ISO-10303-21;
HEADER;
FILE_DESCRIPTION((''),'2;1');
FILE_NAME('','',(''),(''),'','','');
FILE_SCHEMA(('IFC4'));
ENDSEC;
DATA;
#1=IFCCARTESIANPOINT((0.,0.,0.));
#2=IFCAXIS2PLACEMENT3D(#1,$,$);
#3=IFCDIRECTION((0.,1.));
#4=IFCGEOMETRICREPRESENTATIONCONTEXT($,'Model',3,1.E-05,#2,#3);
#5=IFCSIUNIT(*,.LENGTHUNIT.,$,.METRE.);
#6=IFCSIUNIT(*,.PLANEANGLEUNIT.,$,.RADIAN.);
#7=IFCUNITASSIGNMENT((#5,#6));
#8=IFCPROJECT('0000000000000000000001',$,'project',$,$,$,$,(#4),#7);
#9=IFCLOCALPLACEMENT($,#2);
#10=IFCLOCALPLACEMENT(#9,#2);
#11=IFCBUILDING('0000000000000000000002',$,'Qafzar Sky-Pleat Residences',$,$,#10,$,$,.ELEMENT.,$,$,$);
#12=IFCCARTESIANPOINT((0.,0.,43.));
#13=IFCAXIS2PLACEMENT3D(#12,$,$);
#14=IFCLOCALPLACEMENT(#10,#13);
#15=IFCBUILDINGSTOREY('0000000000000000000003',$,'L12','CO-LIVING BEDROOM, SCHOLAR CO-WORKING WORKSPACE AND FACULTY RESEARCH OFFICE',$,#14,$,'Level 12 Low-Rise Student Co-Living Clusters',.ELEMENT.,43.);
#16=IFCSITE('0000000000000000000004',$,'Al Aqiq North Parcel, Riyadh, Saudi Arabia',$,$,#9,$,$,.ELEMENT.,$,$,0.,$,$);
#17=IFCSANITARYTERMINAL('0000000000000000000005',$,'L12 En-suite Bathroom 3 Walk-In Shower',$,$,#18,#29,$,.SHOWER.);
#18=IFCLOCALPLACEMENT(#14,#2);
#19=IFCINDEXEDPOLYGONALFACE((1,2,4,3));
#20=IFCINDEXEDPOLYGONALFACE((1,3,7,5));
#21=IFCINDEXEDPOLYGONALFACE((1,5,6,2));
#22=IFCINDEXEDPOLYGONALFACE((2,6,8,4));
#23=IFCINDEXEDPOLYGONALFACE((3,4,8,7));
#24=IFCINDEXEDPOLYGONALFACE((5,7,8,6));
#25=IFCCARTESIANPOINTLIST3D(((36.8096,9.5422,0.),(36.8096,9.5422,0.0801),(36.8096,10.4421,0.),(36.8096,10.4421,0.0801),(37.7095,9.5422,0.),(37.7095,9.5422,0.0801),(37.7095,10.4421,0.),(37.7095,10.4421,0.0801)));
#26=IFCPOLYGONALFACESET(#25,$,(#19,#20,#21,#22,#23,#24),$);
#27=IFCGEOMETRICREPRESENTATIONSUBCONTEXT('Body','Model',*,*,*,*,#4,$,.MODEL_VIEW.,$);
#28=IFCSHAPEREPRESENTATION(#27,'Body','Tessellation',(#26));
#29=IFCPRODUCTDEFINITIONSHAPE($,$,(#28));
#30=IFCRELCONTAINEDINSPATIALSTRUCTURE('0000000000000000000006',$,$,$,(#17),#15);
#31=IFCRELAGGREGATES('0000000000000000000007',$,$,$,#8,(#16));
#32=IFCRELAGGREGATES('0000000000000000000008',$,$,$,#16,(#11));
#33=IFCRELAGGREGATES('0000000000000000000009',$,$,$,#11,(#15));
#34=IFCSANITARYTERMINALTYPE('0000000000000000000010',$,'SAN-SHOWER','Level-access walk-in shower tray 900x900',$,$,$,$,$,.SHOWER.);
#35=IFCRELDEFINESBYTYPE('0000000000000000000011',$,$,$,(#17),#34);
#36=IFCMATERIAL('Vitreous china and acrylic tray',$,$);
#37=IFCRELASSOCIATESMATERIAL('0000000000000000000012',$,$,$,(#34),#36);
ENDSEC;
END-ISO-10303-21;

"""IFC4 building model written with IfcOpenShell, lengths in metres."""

from ifc_helpers import new_model, si_unit, direction, frame, origin, origin_2d, place, context, subcontext, project, spatial, rectangle, extrude, source, transform, mapped, material, type_object, element, save


model = new_model("IFC4")

# Units and contexts
model_context = context("Model", 3, precision=1e-05, world=origin(), true_north=direction((0.0, 1.0)))
body_context = subcontext(model_context, "Body", "Model", "MODEL_VIEW")
ifc_project = project(units=[si_unit("LENGTHUNIT", "METRE"), si_unit("PLANEANGLEUNIT", "RADIAN")], contexts=[model_context])

# Site, building, storey
site_placement = place(None, origin())
site = spatial("IfcSite", under=ifc_project, at=site_placement, Name="Al Aqiq North Parcel, Riyadh, Saudi Arabia", CompositionType="ELEMENT", RefElevation=0.0)
building_placement = place(site_placement, origin())
building = spatial("IfcBuilding", under=site, at=building_placement, Name="Qafzar Sky-Pleat Residences", CompositionType="ELEMENT")
storey_placement = place(building_placement, frame((0.0, 0.0, 43.0)))
storey = spatial("IfcBuildingStorey", under=building, at=storey_placement, Name="L12", Description="CO-LIVING BEDROOM, SCHOLAR CO-WORKING WORKSPACE AND FACULTY RESEARCH OFFICE", LongName="Level 12 Low-Rise Student Co-Living Clusters", CompositionType="ELEMENT", Elevation=43.0)

# Sanitary terminal
ifc_material_1 = material(Name="Vitreous china and acrylic tray")
sanitary_terminal_type_1 = type_object("IfcSanitaryTerminalType", Name="SAN-SHOWER", Description="Level-access walk-in shower tray 900x900", PredefinedType="SHOWER", material=ifc_material_1)
shared_shape_1 = source(origin(), body_context, "Body", "SweptSolid", [
    extrude(rectangle(XDim=0.8999, YDim=0.8999, at=origin_2d()), origin(), (0.0, 0.0, 1.0), 0.0801),
])
sanitary_terminal_1_placement = place(storey_placement, frame((37.2595, 9.9922, 0.0), z_axis=(0.0, 0.0, 1.0), x_axis=(1.0, 0.0, 0.0)))
element("IfcSanitaryTerminal", 1, at=sanitary_terminal_1_placement, inside=storey, type_object=sanitary_terminal_type_1, Name="L12 En-suite Bathroom 3 Walk-In Shower", PredefinedType="SHOWER", context=body_context, shape_type="MappedRepresentation", body=[
    mapped(shared_shape_1, transform((0.0, 0.0, 0.0), x_axis=(1.0, 0.0, 0.0), y_axis=(0.0, 1.0, 0.0), z_axis=(0.0, 0.0, 1.0), scale=1.0)),
])

save(model, "model.ifc")
